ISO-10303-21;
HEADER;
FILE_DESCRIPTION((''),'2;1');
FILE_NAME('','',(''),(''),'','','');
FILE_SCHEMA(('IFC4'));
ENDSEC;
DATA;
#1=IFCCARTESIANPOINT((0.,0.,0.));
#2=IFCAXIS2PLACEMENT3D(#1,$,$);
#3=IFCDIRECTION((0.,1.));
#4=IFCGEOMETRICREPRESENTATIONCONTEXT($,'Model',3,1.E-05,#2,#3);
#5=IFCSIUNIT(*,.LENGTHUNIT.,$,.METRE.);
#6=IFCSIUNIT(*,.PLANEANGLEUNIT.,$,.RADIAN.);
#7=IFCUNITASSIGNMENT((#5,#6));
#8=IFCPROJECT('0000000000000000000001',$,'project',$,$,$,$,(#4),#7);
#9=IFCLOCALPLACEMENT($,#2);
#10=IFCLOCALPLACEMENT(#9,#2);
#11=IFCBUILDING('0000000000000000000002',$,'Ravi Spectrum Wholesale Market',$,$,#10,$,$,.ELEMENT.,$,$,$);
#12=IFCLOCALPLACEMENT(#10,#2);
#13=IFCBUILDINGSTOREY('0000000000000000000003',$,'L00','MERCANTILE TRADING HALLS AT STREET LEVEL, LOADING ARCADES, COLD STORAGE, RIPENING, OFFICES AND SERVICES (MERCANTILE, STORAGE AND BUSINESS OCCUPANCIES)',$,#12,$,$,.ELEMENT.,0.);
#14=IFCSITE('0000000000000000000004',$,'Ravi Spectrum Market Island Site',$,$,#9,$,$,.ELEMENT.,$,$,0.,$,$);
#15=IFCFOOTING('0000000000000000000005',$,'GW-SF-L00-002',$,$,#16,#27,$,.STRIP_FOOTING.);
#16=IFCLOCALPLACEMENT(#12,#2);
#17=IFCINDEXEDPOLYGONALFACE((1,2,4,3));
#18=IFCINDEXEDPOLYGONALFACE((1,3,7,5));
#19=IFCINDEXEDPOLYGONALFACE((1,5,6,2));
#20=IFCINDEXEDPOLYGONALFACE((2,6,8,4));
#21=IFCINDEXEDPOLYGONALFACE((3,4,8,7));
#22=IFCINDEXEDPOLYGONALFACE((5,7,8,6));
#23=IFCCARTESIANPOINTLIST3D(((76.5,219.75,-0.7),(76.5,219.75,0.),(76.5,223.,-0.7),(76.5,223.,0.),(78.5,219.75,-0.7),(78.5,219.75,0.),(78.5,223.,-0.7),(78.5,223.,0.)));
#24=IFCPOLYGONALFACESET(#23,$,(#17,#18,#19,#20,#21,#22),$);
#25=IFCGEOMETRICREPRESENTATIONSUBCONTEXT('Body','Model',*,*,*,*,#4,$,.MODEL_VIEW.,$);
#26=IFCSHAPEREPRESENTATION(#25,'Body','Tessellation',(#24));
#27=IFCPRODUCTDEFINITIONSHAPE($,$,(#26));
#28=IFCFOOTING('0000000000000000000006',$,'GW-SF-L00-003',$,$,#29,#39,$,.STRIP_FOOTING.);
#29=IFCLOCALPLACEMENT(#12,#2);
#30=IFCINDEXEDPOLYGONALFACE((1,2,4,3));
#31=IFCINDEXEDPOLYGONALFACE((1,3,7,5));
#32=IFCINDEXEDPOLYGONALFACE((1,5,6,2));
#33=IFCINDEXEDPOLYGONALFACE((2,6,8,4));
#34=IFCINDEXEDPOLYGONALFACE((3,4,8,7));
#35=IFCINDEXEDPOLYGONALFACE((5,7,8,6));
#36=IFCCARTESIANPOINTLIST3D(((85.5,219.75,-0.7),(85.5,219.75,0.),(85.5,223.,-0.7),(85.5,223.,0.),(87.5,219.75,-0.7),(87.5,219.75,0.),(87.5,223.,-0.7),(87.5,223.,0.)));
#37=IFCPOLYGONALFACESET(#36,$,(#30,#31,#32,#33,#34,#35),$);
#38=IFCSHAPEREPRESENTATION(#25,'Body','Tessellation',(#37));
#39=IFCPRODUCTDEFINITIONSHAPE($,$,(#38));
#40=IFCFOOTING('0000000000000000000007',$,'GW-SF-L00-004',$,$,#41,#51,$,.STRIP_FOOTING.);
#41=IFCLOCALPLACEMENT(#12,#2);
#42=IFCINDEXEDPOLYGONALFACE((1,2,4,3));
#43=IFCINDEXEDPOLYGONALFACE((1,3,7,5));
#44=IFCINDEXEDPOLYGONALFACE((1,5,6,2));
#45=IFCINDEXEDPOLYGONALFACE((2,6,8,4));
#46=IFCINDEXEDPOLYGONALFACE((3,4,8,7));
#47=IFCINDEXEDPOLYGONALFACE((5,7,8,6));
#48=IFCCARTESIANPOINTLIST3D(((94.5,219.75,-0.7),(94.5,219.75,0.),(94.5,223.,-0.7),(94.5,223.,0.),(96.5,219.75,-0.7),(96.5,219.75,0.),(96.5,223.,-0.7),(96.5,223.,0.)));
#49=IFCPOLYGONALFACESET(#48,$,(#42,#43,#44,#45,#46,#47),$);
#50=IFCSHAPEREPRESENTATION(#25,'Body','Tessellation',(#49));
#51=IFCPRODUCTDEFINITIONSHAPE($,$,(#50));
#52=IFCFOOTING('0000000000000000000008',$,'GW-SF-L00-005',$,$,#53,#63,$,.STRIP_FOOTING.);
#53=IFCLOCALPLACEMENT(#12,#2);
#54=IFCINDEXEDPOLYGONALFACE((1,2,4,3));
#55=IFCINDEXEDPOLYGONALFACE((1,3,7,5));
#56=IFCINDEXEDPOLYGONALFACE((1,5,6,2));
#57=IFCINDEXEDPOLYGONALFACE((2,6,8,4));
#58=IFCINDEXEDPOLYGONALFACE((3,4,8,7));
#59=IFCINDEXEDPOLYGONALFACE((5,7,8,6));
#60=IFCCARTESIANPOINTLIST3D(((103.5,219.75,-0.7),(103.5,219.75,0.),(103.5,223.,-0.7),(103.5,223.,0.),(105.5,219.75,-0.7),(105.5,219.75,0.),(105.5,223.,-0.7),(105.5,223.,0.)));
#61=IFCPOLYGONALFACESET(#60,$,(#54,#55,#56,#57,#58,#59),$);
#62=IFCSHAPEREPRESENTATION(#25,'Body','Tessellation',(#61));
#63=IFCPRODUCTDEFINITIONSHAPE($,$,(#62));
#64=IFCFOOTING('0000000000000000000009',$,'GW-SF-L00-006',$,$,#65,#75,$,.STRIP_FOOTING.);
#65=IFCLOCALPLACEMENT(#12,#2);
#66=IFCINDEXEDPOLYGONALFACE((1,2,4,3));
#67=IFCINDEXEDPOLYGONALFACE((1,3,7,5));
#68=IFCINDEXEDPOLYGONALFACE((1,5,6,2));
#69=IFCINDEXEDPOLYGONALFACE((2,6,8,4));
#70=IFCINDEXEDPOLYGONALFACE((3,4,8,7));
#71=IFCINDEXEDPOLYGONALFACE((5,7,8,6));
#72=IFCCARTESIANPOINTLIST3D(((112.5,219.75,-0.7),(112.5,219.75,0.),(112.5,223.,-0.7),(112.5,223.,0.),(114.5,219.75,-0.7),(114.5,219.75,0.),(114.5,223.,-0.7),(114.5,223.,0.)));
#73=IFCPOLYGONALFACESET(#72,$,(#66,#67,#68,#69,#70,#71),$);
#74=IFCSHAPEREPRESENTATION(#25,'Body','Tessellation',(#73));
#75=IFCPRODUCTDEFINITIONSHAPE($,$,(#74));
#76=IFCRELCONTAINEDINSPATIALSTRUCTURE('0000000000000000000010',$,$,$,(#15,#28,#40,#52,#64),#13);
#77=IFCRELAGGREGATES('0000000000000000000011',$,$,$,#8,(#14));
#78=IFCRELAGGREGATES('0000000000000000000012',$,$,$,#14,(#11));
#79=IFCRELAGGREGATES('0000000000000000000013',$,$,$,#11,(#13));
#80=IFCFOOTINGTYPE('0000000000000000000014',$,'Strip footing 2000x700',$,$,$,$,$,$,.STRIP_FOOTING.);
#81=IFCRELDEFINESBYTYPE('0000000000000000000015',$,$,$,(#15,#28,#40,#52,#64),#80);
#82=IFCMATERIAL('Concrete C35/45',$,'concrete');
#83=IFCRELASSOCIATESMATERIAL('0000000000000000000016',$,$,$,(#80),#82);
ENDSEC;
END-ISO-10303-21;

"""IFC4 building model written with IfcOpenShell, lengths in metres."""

from ifc_helpers import new_model, si_unit, direction, frame, origin, place, context, subcontext, project, spatial, polyline, outline, extrude, material, type_object, element, save


model = new_model("IFC4")

# Units and contexts
model_context = context("Model", 3, precision=1e-05, world=origin(), true_north=direction((0.0, 1.0)))
body_context = subcontext(model_context, "Body", "Model", "MODEL_VIEW")
ifc_project = project(units=[si_unit("LENGTHUNIT", "METRE"), si_unit("PLANEANGLEUNIT", "RADIAN")], contexts=[model_context])

# Site, building, storey
site_placement = place(None, origin())
site = spatial("IfcSite", under=ifc_project, at=site_placement, Name="Ravi Spectrum Market Island Site", CompositionType="ELEMENT", RefElevation=0.0)
building_placement = place(site_placement, origin())
building = spatial("IfcBuilding", under=site, at=building_placement, Name="Ravi Spectrum Wholesale Market", CompositionType="ELEMENT")
storey_placement = place(building_placement, origin())
storey = spatial("IfcBuildingStorey", under=building, at=storey_placement, Name="L00", Description="MERCANTILE TRADING HALLS AT STREET LEVEL, LOADING ARCADES, COLD STORAGE, RIPENING, OFFICES AND SERVICES (MERCANTILE, STORAGE AND BUSINESS OCCUPANCIES)", CompositionType="ELEMENT", Elevation=0.0)

# Footings
ifc_material_1 = material(Name="Concrete C35/45", Category="concrete")
footing_type_1 = type_object("IfcFootingType", Name="Strip footing 2000x700", PredefinedType="STRIP_FOOTING", material=ifc_material_1)
footing_1_placement = place(storey_placement, frame((0.0, 0.0, -0.7)))
element("IfcFooting", 1, at=footing_1_placement, inside=storey, type_object=footing_type_1, Name="GW-SF-L00-002", PredefinedType="STRIP_FOOTING", context=body_context, shape_type="SweptSolid", body=[
    extrude(outline(polyline([(78.5, 223.0), (78.5, 219.75), (76.5, 219.75), (76.5, 223.0), (78.5, 223.0)])), origin(), (0.0, 0.0, 1.0), 0.7),
])
footing_2_placement = place(storey_placement, frame((0.0, 0.0, -0.7)))
element("IfcFooting", 2, at=footing_2_placement, inside=storey, type_object=footing_type_1, Name="GW-SF-L00-003", PredefinedType="STRIP_FOOTING", context=body_context, shape_type="SweptSolid", body=[
    extrude(outline(polyline([(87.5, 223.0), (87.5, 219.75), (85.5, 219.75), (85.5, 223.0), (87.5, 223.0)])), origin(), (0.0, 0.0, 1.0), 0.7),
])
footing_3_placement = place(storey_placement, frame((0.0, 0.0, -0.7)))
element("IfcFooting", 3, at=footing_3_placement, inside=storey, type_object=footing_type_1, Name="GW-SF-L00-004", PredefinedType="STRIP_FOOTING", context=body_context, shape_type="SweptSolid", body=[
    extrude(outline(polyline([(96.5, 223.0), (96.5, 219.75), (94.5, 219.75), (94.5, 223.0), (96.5, 223.0)])), origin(), (0.0, 0.0, 1.0), 0.7),
])
footing_4_placement = place(storey_placement, frame((0.0, 0.0, -0.7)))
element("IfcFooting", 4, at=footing_4_placement, inside=storey, type_object=footing_type_1, Name="GW-SF-L00-005", PredefinedType="STRIP_FOOTING", context=body_context, shape_type="SweptSolid", body=[
    extrude(outline(polyline([(105.5, 223.0), (105.5, 219.75), (103.5, 219.75), (103.5, 223.0), (105.5, 223.0)])), origin(), (0.0, 0.0, 1.0), 0.7),
])
footing_5_placement = place(storey_placement, frame((0.0, 0.0, -0.7)))
element("IfcFooting", 5, at=footing_5_placement, inside=storey, type_object=footing_type_1, Name="GW-SF-L00-006", PredefinedType="STRIP_FOOTING", context=body_context, shape_type="SweptSolid", body=[
    extrude(outline(polyline([(114.5, 223.0), (114.5, 219.75), (112.5, 219.75), (112.5, 223.0), (114.5, 223.0)])), origin(), (0.0, 0.0, 1.0), 0.7),
])

save(model, "model.ifc")
